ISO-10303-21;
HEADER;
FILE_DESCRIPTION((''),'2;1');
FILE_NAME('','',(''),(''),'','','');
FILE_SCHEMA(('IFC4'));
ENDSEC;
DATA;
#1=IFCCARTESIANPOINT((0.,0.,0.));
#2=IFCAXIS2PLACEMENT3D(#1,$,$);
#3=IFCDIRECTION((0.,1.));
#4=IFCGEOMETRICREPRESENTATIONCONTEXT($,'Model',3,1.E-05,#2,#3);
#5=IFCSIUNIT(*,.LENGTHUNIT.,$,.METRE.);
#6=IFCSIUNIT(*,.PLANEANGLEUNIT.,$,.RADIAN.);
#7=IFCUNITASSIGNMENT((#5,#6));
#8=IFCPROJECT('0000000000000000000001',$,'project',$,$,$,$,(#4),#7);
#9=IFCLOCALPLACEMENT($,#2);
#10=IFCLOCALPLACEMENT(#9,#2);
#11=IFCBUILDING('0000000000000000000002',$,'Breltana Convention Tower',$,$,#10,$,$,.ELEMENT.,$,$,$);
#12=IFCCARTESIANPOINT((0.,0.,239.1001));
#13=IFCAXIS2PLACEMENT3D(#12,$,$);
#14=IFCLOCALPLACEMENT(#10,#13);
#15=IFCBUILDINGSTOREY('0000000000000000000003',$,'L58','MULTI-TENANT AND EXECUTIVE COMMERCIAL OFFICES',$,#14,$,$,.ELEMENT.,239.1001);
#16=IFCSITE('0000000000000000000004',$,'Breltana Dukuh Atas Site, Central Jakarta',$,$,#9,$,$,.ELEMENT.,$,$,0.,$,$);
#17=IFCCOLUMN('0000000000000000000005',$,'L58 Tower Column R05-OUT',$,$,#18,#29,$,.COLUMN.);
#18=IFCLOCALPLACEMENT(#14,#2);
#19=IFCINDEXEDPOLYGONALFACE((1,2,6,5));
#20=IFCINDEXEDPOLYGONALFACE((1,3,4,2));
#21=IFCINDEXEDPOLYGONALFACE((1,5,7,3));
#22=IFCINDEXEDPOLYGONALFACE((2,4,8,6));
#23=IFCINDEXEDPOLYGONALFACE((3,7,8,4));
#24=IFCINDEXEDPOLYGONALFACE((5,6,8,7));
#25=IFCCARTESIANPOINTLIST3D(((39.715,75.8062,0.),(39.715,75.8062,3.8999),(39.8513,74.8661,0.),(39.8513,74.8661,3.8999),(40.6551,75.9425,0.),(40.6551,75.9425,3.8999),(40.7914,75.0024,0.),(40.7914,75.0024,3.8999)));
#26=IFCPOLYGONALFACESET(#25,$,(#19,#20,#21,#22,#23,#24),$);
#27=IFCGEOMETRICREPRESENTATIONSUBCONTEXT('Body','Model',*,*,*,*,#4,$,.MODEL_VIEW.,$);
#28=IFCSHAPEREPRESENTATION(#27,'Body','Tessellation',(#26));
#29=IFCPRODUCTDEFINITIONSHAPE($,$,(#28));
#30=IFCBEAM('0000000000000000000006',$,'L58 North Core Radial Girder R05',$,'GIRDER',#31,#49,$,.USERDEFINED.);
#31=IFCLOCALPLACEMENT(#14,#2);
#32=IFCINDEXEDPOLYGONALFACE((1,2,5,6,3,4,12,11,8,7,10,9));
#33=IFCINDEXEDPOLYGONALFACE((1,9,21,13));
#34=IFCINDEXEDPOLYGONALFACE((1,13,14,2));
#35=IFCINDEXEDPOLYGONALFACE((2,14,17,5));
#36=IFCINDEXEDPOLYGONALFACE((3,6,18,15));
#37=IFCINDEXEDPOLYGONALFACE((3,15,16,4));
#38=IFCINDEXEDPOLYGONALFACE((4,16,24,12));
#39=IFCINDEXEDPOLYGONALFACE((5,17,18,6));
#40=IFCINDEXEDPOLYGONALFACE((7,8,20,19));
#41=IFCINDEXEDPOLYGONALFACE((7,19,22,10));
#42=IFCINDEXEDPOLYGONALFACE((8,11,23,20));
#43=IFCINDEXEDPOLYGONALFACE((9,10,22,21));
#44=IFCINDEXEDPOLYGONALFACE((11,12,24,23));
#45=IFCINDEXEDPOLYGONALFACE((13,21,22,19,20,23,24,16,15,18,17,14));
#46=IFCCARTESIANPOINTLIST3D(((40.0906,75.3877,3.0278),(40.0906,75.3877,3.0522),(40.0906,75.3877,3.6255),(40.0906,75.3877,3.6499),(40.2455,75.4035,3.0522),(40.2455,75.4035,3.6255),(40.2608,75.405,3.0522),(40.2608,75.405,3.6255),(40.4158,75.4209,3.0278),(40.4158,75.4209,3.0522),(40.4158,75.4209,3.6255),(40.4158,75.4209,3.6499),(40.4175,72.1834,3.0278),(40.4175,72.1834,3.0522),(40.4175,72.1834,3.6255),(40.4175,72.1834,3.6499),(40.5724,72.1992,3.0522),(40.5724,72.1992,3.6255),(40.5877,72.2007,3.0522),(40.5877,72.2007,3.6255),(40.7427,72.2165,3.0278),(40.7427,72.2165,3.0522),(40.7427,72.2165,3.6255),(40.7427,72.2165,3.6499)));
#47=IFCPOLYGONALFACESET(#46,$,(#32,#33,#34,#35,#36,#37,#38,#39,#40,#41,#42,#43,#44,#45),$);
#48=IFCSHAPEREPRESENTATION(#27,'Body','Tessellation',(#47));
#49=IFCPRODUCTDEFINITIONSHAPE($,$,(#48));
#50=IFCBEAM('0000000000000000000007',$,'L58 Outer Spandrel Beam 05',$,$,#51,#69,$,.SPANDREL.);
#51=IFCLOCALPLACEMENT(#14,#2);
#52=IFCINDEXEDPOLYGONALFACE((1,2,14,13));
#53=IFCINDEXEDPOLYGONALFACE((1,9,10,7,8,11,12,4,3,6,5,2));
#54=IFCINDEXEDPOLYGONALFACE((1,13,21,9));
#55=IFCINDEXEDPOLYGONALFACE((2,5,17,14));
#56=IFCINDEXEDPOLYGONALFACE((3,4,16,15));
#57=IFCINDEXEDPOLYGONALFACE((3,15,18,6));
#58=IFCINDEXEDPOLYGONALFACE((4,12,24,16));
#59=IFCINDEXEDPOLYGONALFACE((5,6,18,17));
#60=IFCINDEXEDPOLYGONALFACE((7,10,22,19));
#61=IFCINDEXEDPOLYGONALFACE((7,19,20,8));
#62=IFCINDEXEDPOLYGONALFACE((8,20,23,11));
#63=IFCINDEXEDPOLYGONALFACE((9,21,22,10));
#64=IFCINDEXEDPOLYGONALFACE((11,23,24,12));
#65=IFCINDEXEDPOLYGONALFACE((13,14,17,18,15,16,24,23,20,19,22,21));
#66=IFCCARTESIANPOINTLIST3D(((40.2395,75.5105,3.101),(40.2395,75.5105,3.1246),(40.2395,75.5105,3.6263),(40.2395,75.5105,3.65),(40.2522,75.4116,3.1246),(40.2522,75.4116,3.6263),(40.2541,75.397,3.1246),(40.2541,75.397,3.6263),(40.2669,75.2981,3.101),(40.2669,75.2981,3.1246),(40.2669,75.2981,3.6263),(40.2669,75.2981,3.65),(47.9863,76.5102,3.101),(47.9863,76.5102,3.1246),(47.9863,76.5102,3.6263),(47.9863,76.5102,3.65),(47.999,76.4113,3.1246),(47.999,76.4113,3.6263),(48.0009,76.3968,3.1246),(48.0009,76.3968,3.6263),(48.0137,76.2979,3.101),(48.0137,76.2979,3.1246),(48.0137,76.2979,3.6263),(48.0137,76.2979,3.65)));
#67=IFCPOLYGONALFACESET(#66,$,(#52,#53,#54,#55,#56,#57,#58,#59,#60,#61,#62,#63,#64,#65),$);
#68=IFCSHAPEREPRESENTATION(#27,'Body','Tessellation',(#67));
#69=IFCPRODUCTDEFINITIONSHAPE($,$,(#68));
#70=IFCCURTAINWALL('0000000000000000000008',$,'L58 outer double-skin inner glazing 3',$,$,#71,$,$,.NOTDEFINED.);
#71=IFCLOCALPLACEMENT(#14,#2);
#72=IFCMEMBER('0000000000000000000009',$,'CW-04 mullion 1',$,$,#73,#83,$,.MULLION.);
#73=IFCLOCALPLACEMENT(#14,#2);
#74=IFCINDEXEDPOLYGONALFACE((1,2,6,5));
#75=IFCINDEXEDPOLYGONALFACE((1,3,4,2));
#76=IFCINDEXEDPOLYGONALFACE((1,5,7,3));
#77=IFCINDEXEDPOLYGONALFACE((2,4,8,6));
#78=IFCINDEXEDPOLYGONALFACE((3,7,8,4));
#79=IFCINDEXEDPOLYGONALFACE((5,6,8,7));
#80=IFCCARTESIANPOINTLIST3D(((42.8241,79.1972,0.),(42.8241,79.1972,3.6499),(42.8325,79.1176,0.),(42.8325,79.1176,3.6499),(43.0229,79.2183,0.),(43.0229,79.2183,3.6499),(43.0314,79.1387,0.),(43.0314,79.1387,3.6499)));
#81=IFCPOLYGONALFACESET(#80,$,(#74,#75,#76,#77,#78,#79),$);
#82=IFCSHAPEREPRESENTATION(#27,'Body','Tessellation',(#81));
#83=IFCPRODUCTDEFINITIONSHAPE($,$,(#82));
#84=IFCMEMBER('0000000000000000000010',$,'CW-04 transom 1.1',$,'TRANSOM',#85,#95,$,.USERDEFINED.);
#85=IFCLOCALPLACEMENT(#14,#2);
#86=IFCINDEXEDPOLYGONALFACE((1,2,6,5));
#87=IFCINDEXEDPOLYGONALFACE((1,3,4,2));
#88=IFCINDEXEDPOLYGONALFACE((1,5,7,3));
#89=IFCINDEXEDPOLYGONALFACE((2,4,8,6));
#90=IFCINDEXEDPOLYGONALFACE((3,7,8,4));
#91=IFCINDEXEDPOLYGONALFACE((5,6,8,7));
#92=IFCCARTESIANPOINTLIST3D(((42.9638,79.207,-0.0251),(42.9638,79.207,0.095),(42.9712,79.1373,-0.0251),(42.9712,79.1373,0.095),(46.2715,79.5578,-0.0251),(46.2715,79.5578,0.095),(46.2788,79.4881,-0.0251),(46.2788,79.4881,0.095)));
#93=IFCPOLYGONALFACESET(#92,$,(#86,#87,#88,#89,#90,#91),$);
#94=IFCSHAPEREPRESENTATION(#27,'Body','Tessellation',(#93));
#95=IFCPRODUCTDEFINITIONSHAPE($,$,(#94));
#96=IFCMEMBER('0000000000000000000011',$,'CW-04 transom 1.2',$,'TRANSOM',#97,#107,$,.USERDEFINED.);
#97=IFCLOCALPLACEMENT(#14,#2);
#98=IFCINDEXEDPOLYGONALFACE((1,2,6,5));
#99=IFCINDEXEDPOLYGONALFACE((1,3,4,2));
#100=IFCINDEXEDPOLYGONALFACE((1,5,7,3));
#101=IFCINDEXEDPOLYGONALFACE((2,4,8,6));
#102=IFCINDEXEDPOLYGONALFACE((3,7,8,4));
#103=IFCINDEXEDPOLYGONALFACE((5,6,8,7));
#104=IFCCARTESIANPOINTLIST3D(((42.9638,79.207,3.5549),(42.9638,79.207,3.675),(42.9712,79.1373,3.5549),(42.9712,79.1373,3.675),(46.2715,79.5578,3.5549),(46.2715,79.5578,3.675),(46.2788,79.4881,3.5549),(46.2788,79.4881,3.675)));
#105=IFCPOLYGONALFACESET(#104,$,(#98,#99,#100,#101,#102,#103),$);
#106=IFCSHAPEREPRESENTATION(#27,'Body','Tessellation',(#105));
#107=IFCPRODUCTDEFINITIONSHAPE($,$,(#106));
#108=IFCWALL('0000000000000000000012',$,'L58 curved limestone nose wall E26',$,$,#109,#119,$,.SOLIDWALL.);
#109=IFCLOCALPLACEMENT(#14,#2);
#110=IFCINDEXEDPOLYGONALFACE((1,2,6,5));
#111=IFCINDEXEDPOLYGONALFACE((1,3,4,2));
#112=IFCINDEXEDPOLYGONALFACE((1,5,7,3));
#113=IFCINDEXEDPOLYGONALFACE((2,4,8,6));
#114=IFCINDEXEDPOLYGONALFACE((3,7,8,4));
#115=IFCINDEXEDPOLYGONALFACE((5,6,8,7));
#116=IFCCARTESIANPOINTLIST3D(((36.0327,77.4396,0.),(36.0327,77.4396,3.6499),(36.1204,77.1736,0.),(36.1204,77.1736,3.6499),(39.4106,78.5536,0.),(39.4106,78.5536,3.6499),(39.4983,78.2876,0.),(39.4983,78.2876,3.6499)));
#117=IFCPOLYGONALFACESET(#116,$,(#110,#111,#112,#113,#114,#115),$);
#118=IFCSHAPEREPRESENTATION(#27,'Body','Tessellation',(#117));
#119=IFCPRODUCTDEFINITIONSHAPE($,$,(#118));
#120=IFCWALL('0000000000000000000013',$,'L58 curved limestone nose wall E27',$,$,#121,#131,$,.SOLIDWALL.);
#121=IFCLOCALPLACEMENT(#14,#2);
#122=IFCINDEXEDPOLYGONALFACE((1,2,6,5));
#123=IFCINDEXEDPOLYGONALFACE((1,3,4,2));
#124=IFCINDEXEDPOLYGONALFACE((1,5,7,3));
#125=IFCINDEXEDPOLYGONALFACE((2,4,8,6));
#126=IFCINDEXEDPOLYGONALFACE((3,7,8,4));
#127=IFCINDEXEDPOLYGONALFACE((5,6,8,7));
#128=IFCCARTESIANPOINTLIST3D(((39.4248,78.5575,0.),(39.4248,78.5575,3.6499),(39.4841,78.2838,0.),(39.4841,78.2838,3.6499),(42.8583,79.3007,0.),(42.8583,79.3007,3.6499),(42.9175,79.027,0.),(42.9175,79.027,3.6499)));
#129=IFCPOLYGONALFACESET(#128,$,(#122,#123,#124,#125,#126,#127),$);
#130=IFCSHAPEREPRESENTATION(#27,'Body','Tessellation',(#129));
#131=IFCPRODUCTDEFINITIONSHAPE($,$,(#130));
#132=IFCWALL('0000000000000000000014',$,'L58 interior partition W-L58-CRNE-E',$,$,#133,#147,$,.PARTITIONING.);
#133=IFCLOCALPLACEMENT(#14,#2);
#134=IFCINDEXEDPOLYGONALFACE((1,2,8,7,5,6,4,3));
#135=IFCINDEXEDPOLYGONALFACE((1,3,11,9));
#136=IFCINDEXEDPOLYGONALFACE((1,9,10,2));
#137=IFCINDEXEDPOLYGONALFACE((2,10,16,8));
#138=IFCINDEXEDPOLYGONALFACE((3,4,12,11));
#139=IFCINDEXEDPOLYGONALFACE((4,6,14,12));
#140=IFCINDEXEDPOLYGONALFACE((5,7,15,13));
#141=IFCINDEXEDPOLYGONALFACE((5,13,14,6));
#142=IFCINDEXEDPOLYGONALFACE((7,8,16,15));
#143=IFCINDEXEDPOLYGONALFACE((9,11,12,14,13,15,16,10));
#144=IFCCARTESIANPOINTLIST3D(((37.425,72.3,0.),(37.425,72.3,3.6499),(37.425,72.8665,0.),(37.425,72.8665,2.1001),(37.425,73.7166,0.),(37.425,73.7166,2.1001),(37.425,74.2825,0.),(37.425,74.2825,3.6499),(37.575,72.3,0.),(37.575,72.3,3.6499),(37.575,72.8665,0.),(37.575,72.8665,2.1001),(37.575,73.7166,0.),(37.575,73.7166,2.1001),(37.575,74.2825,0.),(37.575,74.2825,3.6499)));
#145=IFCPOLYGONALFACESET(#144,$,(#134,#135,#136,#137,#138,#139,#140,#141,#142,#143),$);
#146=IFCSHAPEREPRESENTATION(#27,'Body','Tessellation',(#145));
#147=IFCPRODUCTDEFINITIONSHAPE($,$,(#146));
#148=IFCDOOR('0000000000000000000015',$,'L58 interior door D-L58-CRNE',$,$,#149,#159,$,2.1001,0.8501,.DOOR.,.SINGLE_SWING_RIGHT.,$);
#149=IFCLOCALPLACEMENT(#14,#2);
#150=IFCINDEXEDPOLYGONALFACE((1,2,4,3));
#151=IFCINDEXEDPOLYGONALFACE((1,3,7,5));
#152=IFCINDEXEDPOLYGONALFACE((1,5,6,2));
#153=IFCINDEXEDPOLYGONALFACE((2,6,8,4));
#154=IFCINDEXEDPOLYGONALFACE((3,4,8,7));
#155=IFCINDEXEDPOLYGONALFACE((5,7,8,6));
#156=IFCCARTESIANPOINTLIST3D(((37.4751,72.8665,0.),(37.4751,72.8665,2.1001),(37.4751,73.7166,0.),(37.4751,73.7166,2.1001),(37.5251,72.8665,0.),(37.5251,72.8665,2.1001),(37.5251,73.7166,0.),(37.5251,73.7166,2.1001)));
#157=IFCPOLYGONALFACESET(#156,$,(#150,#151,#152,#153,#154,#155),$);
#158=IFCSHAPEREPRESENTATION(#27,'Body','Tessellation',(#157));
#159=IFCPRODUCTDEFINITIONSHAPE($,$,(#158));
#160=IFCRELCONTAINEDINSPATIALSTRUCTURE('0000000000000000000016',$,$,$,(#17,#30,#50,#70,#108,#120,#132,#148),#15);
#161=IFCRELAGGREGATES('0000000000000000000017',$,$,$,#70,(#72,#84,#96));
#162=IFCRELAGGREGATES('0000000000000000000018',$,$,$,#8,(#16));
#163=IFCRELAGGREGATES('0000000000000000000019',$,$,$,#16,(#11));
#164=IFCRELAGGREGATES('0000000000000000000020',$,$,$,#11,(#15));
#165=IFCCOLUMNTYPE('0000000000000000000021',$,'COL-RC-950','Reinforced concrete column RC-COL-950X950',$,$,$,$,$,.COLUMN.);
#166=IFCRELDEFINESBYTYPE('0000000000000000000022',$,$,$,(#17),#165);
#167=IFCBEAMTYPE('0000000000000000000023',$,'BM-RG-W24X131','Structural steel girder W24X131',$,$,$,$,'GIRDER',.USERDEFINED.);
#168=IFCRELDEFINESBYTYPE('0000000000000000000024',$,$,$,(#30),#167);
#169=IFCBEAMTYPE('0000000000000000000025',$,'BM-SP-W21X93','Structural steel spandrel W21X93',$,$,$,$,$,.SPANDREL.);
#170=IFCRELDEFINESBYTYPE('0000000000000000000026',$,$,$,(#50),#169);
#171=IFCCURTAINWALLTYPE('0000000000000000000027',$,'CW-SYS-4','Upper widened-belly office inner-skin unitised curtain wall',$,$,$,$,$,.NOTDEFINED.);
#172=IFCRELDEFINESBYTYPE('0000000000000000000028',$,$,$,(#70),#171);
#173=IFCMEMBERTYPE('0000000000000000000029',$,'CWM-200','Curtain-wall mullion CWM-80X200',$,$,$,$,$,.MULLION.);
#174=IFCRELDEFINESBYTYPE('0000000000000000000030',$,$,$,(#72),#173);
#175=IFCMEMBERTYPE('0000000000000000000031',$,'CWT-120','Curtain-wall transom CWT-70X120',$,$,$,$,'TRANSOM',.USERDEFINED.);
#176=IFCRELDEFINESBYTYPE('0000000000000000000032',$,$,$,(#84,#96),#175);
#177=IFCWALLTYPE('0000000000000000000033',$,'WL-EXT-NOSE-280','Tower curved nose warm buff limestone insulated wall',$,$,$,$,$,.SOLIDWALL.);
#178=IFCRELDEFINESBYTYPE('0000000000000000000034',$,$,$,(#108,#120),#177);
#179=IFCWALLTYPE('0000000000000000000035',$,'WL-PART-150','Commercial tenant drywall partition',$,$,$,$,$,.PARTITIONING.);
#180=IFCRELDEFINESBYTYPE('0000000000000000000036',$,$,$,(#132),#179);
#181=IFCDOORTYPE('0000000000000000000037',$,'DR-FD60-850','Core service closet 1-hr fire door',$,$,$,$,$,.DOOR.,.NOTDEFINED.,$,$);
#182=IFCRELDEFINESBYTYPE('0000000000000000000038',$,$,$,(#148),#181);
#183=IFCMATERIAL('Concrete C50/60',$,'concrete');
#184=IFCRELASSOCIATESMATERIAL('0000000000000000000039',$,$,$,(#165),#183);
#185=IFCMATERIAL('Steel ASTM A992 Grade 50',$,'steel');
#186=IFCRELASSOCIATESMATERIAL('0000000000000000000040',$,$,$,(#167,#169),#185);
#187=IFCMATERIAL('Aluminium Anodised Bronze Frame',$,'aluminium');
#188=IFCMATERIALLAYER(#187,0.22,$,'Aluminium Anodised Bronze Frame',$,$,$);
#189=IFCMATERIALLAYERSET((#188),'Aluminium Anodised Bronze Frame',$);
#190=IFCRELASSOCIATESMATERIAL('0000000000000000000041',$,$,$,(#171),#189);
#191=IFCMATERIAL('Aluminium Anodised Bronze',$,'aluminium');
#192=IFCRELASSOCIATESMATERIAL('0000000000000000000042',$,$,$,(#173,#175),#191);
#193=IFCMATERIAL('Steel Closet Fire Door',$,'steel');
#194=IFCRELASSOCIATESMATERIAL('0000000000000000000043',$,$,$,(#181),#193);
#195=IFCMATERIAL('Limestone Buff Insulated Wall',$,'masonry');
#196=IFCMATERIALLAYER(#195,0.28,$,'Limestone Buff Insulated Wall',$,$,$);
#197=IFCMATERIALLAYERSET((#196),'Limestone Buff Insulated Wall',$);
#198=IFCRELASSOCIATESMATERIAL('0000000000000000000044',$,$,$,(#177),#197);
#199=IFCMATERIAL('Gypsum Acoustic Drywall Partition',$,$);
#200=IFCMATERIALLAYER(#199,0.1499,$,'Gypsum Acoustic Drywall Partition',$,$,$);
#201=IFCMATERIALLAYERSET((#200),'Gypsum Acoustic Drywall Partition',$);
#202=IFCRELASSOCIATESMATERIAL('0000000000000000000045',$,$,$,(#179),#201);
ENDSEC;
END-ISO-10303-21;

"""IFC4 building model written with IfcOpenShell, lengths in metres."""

from ifc_helpers import new_model, si_unit, direction, frame, frame_2d, origin, origin_2d, place, context, subcontext, project, spatial, rectangle, i_section, extrude, source, transform, mapped, material, layer, layer_set, material_profile, profile_set, type_object, type_shapes, element, fill, aggregate, save


model = new_model("IFC4")

# Units and contexts
model_context = context("Model", 3, precision=1e-05, world=origin(), true_north=direction((0.0, 1.0)))
body_context = subcontext(model_context, "Body", "Model", "MODEL_VIEW")
ifc_project = project(units=[si_unit("LENGTHUNIT", "METRE"), si_unit("PLANEANGLEUNIT", "RADIAN")], contexts=[model_context])

# Site, building, storey
site_placement = place(None, origin())
site = spatial("IfcSite", under=ifc_project, at=site_placement, Name="Breltana Dukuh Atas Site, Central Jakarta", CompositionType="ELEMENT", RefElevation=0.0)
building_placement = place(site_placement, origin())
building = spatial("IfcBuilding", under=site, at=building_placement, Name="Breltana Convention Tower", CompositionType="ELEMENT")
storey_placement = place(building_placement, frame((0.0, 0.0, 239.1001)))
storey = spatial("IfcBuildingStorey", under=building, at=storey_placement, Name="L58", Description="MULTI-TENANT AND EXECUTIVE COMMERCIAL OFFICES", CompositionType="ELEMENT", Elevation=239.1001)

# Column
ifc_material_1 = material(Name="Concrete C50/60", Category="concrete")
ifc_material_profile_1 = material_profile(ifc_material_1, rectangle(XDim=0.95, YDim=0.95, at=origin_2d()), Name="RC-COL-950X950")
ifc_profile_set_1 = profile_set([ifc_material_profile_1], Name="Concrete C50/60")
column_type = type_object("IfcColumnType", Name="COL-RC-950", Description="Reinforced concrete column RC-COL-950X950", PredefinedType="COLUMN", material=ifc_profile_set_1)
shared_shape_1 = source(origin(), body_context, "Body", "SweptSolid", [
    extrude(rectangle(XDim=0.95, YDim=0.95, at=origin_2d()), origin(), (0.0, 0.0, 1.0), 3.8999),
])
column_placement = place(storey_placement, frame((40.2532, 75.4043, 0.0), z_axis=(0.0, 0.0, 1.0), x_axis=(-0.143493, 0.989651, 0.0)))
element("IfcColumn", 1, at=column_placement, inside=storey, type_object=column_type, Name="L58 Tower Column R05-OUT", PredefinedType="COLUMN", context=body_context, shape_type="MappedRepresentation", body=[
    mapped(shared_shape_1, transform((0.0, 0.0, 0.0), scale=1.0)),
])

# Beams
ifc_material_2 = material(Name="Steel ASTM A992 Grade 50", Category="steel")
ifc_material_profile_2 = material_profile(ifc_material_2, i_section(OverallWidth=0.3269, OverallDepth=0.6221, WebThickness=0.0154, FlangeThickness=0.0244, at=origin_2d()), Name="W24X131")
ifc_profile_set_2 = profile_set([ifc_material_profile_2], Name="Steel ASTM A992 Grade 50")
beam_type_1 = type_object("IfcBeamType", Name="BM-RG-W24X131", Description="Structural steel girder W24X131", ElementType="GIRDER", PredefinedType="USERDEFINED", material=ifc_profile_set_2)
shared_shape_2 = source(origin(), body_context, "Body", "SweptSolid", [
    extrude(i_section(OverallWidth=0.3269, OverallDepth=0.6221, WebThickness=0.0154, FlangeThickness=0.0244, at=origin_2d()), origin(), (0.0, 0.0, 1.0), 3.2209),
])
beam_1_placement = place(storey_placement, frame((40.5801, 72.2, 3.3389), z_axis=(-0.101492, 0.994836, 0.0), x_axis=(-0.994836, -0.101492, 0.0)))
element("IfcBeam", 2, at=beam_1_placement, inside=storey, type_object=beam_type_1, Name="L58 North Core Radial Girder R05", ObjectType="GIRDER", PredefinedType="USERDEFINED", context=body_context, shape_type="MappedRepresentation", body=[
    mapped(shared_shape_2, transform((0.0, 0.0, 0.0), scale=1.0)),
])
ifc_material_profile_3 = material_profile(ifc_material_2, i_section(OverallWidth=0.2141, OverallDepth=0.5491, WebThickness=0.0146, FlangeThickness=0.0237, at=origin_2d()), Name="W21X93")
ifc_profile_set_3 = profile_set([ifc_material_profile_3], Name="Steel ASTM A992 Grade 50")
beam_type_2 = type_object("IfcBeamType", Name="BM-SP-W21X93", Description="Structural steel spandrel W21X93", PredefinedType="SPANDREL", material=ifc_profile_set_3)
shared_shape_3 = source(origin(), body_context, "Body", "SweptSolid", [
    extrude(i_section(OverallWidth=0.2141, OverallDepth=0.5491, WebThickness=0.0146, FlangeThickness=0.0237, at=origin_2d()), origin(), (0.0, 0.0, 1.0), 7.811),
])
beam_2_placement = place(storey_placement, frame((40.2532, 75.4043, 3.3755), z_axis=(0.991775, 0.127992, 0.0), x_axis=(-0.127992, 0.991775, 0.0)))
element("IfcBeam", 3, at=beam_2_placement, inside=storey, type_object=beam_type_2, Name="L58 Outer Spandrel Beam 05", PredefinedType="SPANDREL", context=body_context, shape_type="MappedRepresentation", body=[
    mapped(shared_shape_3, transform((0.0, 0.0, 0.0), scale=1.0)),
])

# Curtain wall, members
ifc_material_3 = material(Name="Aluminium Anodised Bronze Frame", Category="aluminium")
ifc_layer_1 = layer(ifc_material_3, 0.22, Name="Aluminium Anodised Bronze Frame")
ifc_layer_set_1 = layer_set([ifc_layer_1], Name="Aluminium Anodised Bronze Frame")
curtain_wall_type = type_object("IfcCurtainWallType", Name="CW-SYS-4", Description="Upper widened-belly office inner-skin unitised curtain wall", PredefinedType="NOTDEFINED", material=ifc_layer_set_1)
curtain_wall_placement = place(storey_placement, origin())
curtain_wall = element("IfcCurtainWall", 4, at=curtain_wall_placement, inside=storey, type_object=curtain_wall_type, Name="L58 outer double-skin inner glazing 3", PredefinedType="NOTDEFINED")
ifc_material_4 = material(Name="Aluminium Anodised Bronze", Category="aluminium")
ifc_material_profile_4 = material_profile(ifc_material_4, rectangle(XDim=0.0801, YDim=0.2, at=origin_2d()), Name="CWM-80X200")
ifc_profile_set_4 = profile_set([ifc_material_profile_4], Name="Aluminium Anodised Bronze")
member_type_1 = type_object("IfcMemberType", Name="CWM-200", Description="Curtain-wall mullion CWM-80X200", PredefinedType="MULLION", material=ifc_profile_set_4)
shared_shape_4 = source(origin(), body_context, "Body", "SweptSolid", [
    extrude(rectangle(XDim=0.0801, YDim=0.2, at=origin_2d()), origin(), (0.0, 0.0, 1.0), 3.6499),
])
member_1_placement = place(storey_placement, frame((42.9277, 79.168, 0.0), z_axis=(0.0, 0.0, 1.0), x_axis=(-0.105472, 0.994422, 0.0)))
member_1 = element("IfcMember", 5, at=member_1_placement, type_object=member_type_1, Name="CW-04 mullion 1", PredefinedType="MULLION", context=body_context, shape_type="MappedRepresentation", body=[
    mapped(shared_shape_4, transform((0.0, 0.0, 0.0), scale=1.0)),
])
ifc_material_profile_5 = material_profile(ifc_material_4, rectangle(XDim=0.0701, YDim=0.1201, at=origin_2d()), Name="CWT-70X120")
ifc_profile_set_5 = profile_set([ifc_material_profile_5], Name="Aluminium Anodised Bronze")
member_type_2 = type_object("IfcMemberType", Name="CWT-120", Description="Curtain-wall transom CWT-70X120", ElementType="TRANSOM", PredefinedType="USERDEFINED", material=ifc_profile_set_5)
shared_shape_5 = source(origin(), body_context, "Body", "SweptSolid", [
    extrude(rectangle(XDim=0.0701, YDim=0.1201, at=origin_2d()), origin(), (0.0, 0.0, 1.0), 3.3262),
])
member_2_placement = place(storey_placement, frame((42.9675, 79.1721, 0.0349), z_axis=(0.994422, 0.105476, 0.0), x_axis=(-0.105476, 0.994422, 0.0)))
member_2 = element("IfcMember", 6, at=member_2_placement, type_object=member_type_2, Name="CW-04 transom 1.1", ObjectType="TRANSOM", PredefinedType="USERDEFINED", context=body_context, shape_type="MappedRepresentation", body=[
    mapped(shared_shape_5, transform((0.0, 0.0, 0.0), scale=1.0)),
])
member_3_placement = place(storey_placement, frame((42.9675, 79.1721, 3.615), z_axis=(0.994422, 0.105476, 0.0), x_axis=(-0.105476, 0.994422, 0.0)))
member_3 = element("IfcMember", 7, at=member_3_placement, type_object=member_type_2, Name="CW-04 transom 1.2", ObjectType="TRANSOM", PredefinedType="USERDEFINED", context=body_context, shape_type="MappedRepresentation", body=[
    mapped(shared_shape_5, transform((0.0, 0.0, 0.0), scale=1.0)),
])
aggregate(curtain_wall, [member_1, member_2, member_3])

# Shared definitions
ifc_material_5 = material(Name="Steel Closet Fire Door", Category="steel")
door_type_1 = type_object("IfcDoorType", Name="DR-FD60-850", Description="Core service closet 1-hr fire door", OperationType="NOTDEFINED", PredefinedType="DOOR", material=ifc_material_5)
shared_shape_6 = source(origin(), body_context, "Body", "SweptSolid", [
    extrude(rectangle(XDim=0.8501, YDim=2.1001, at=frame_2d((0.425, 1.05))), frame((0.0, 0.0249, 0.0), z_axis=(0.0, -1.0, 0.0), x_axis=(1.0, 0.0, 0.0)), (0.0, 0.0, 1.0), 0.05),
])
type_shapes(door_type_1, [shared_shape_6])

# Walls
ifc_material_6 = material(Name="Limestone Buff Insulated Wall", Category="masonry")
ifc_layer_2 = layer(ifc_material_6, 0.28, Name="Limestone Buff Insulated Wall")
ifc_layer_set_2 = layer_set([ifc_layer_2], Name="Limestone Buff Insulated Wall")
wall_type_1 = type_object("IfcWallType", Name="WL-EXT-NOSE-280", Description="Tower curved nose warm buff limestone insulated wall", PredefinedType="SOLIDWALL", material=ifc_layer_set_2)
shared_shape_7 = source(origin(), body_context, "Body", "SweptSolid", [
    extrude(rectangle(XDim=3.5569, YDim=0.28, at=frame_2d((1.7783, 0.0))), origin(), (0.0, 0.0, 1.0), 3.6499),
])
wall_1_placement = place(storey_placement, frame((36.0767, 77.3066, 0.0), z_axis=(0.0, 0.0, 1.0), x_axis=(0.949687, 0.313199, 0.0)))
element("IfcWall", 8, at=wall_1_placement, inside=storey, type_object=wall_type_1, Name="L58 curved limestone nose wall E26", PredefinedType="SOLIDWALL", context=body_context, shape_type="MappedRepresentation", body=[
    mapped(shared_shape_7, transform((0.0, 0.0, 0.0), scale=1.0)),
])
shared_shape_8 = source(origin(), body_context, "Body", "SweptSolid", [
    extrude(rectangle(XDim=3.5129, YDim=0.28, at=frame_2d((1.7563, 0.0))), origin(), (0.0, 0.0, 1.0), 3.6499),
])
wall_2_placement = place(storey_placement, frame((39.4546, 78.4207, 0.0), z_axis=(0.0, 0.0, 1.0), x_axis=(0.977366, 0.211555, 0.0)))
element("IfcWall", 9, at=wall_2_placement, inside=storey, type_object=wall_type_1, Name="L58 curved limestone nose wall E27", PredefinedType="SOLIDWALL", context=body_context, shape_type="MappedRepresentation", body=[
    mapped(shared_shape_8, transform((0.0, 0.0, 0.0), scale=1.0)),
])

# Wall, opening, door
ifc_material_7 = material(Name="Gypsum Acoustic Drywall Partition")
ifc_layer_3 = layer(ifc_material_7, 0.1499, Name="Gypsum Acoustic Drywall Partition")
ifc_layer_set_3 = layer_set([ifc_layer_3], Name="Gypsum Acoustic Drywall Partition")
wall_type_2 = type_object("IfcWallType", Name="WL-PART-150", Description="Commercial tenant drywall partition", PredefinedType="PARTITIONING", material=ifc_layer_set_3)
shared_shape_9 = source(origin(), body_context, "Body", "SweptSolid", [
    extrude(rectangle(XDim=1.9824, YDim=0.1499, at=frame_2d((0.9912, 0.0))), origin(), (0.0, 0.0, 1.0), 3.6499),
])
wall_3_placement = place(storey_placement, frame((37.5, 72.3, 0.0), z_axis=(0.0, 0.0, 1.0), x_axis=(0.0, 1.0, 0.0)))
wall_3 = element("IfcWall", 10, at=wall_3_placement, inside=storey, type_object=wall_type_2, Name="L58 interior partition W-L58-CRNE-E", PredefinedType="PARTITIONING", context=body_context, shape_type="MappedRepresentation", body=[
    mapped(shared_shape_9, transform((0.0, 0.0, 0.0), scale=1.0)),
])
opening_1_placement = place(wall_3_placement, frame((0.5664, 0.0, 0.0)))
opening_1 = element("IfcOpeningElement", 11, at=opening_1_placement, cuts=wall_3, PredefinedType="OPENING", context=body_context, shape_type="SweptSolid", body=[
    extrude(rectangle(XDim=0.8501, YDim=2.1001, at=frame_2d((0.425, 1.05))), frame((0.0, 0.085, 0.0), z_axis=(0.0, -1.0, 0.0), x_axis=(1.0, 0.0, 0.0)), (0.0, 0.0, 1.0), 0.1699),
])
door_1_placement = place(opening_1_placement, origin())
door_1 = element("IfcDoor", 12, at=door_1_placement, inside=storey, type_object=door_type_1, Name="L58 interior door D-L58-CRNE", OperationType="SINGLE_SWING_RIGHT", OverallHeight=2.1001, OverallWidth=0.8501, PredefinedType="DOOR", context=body_context, shape_type="MappedRepresentation", body=[
    mapped(shared_shape_6, transform((0.0, 0.0, 0.0), scale=1.0)),
])
fill(opening_1, door_1)

save(model, "model.ifc")
